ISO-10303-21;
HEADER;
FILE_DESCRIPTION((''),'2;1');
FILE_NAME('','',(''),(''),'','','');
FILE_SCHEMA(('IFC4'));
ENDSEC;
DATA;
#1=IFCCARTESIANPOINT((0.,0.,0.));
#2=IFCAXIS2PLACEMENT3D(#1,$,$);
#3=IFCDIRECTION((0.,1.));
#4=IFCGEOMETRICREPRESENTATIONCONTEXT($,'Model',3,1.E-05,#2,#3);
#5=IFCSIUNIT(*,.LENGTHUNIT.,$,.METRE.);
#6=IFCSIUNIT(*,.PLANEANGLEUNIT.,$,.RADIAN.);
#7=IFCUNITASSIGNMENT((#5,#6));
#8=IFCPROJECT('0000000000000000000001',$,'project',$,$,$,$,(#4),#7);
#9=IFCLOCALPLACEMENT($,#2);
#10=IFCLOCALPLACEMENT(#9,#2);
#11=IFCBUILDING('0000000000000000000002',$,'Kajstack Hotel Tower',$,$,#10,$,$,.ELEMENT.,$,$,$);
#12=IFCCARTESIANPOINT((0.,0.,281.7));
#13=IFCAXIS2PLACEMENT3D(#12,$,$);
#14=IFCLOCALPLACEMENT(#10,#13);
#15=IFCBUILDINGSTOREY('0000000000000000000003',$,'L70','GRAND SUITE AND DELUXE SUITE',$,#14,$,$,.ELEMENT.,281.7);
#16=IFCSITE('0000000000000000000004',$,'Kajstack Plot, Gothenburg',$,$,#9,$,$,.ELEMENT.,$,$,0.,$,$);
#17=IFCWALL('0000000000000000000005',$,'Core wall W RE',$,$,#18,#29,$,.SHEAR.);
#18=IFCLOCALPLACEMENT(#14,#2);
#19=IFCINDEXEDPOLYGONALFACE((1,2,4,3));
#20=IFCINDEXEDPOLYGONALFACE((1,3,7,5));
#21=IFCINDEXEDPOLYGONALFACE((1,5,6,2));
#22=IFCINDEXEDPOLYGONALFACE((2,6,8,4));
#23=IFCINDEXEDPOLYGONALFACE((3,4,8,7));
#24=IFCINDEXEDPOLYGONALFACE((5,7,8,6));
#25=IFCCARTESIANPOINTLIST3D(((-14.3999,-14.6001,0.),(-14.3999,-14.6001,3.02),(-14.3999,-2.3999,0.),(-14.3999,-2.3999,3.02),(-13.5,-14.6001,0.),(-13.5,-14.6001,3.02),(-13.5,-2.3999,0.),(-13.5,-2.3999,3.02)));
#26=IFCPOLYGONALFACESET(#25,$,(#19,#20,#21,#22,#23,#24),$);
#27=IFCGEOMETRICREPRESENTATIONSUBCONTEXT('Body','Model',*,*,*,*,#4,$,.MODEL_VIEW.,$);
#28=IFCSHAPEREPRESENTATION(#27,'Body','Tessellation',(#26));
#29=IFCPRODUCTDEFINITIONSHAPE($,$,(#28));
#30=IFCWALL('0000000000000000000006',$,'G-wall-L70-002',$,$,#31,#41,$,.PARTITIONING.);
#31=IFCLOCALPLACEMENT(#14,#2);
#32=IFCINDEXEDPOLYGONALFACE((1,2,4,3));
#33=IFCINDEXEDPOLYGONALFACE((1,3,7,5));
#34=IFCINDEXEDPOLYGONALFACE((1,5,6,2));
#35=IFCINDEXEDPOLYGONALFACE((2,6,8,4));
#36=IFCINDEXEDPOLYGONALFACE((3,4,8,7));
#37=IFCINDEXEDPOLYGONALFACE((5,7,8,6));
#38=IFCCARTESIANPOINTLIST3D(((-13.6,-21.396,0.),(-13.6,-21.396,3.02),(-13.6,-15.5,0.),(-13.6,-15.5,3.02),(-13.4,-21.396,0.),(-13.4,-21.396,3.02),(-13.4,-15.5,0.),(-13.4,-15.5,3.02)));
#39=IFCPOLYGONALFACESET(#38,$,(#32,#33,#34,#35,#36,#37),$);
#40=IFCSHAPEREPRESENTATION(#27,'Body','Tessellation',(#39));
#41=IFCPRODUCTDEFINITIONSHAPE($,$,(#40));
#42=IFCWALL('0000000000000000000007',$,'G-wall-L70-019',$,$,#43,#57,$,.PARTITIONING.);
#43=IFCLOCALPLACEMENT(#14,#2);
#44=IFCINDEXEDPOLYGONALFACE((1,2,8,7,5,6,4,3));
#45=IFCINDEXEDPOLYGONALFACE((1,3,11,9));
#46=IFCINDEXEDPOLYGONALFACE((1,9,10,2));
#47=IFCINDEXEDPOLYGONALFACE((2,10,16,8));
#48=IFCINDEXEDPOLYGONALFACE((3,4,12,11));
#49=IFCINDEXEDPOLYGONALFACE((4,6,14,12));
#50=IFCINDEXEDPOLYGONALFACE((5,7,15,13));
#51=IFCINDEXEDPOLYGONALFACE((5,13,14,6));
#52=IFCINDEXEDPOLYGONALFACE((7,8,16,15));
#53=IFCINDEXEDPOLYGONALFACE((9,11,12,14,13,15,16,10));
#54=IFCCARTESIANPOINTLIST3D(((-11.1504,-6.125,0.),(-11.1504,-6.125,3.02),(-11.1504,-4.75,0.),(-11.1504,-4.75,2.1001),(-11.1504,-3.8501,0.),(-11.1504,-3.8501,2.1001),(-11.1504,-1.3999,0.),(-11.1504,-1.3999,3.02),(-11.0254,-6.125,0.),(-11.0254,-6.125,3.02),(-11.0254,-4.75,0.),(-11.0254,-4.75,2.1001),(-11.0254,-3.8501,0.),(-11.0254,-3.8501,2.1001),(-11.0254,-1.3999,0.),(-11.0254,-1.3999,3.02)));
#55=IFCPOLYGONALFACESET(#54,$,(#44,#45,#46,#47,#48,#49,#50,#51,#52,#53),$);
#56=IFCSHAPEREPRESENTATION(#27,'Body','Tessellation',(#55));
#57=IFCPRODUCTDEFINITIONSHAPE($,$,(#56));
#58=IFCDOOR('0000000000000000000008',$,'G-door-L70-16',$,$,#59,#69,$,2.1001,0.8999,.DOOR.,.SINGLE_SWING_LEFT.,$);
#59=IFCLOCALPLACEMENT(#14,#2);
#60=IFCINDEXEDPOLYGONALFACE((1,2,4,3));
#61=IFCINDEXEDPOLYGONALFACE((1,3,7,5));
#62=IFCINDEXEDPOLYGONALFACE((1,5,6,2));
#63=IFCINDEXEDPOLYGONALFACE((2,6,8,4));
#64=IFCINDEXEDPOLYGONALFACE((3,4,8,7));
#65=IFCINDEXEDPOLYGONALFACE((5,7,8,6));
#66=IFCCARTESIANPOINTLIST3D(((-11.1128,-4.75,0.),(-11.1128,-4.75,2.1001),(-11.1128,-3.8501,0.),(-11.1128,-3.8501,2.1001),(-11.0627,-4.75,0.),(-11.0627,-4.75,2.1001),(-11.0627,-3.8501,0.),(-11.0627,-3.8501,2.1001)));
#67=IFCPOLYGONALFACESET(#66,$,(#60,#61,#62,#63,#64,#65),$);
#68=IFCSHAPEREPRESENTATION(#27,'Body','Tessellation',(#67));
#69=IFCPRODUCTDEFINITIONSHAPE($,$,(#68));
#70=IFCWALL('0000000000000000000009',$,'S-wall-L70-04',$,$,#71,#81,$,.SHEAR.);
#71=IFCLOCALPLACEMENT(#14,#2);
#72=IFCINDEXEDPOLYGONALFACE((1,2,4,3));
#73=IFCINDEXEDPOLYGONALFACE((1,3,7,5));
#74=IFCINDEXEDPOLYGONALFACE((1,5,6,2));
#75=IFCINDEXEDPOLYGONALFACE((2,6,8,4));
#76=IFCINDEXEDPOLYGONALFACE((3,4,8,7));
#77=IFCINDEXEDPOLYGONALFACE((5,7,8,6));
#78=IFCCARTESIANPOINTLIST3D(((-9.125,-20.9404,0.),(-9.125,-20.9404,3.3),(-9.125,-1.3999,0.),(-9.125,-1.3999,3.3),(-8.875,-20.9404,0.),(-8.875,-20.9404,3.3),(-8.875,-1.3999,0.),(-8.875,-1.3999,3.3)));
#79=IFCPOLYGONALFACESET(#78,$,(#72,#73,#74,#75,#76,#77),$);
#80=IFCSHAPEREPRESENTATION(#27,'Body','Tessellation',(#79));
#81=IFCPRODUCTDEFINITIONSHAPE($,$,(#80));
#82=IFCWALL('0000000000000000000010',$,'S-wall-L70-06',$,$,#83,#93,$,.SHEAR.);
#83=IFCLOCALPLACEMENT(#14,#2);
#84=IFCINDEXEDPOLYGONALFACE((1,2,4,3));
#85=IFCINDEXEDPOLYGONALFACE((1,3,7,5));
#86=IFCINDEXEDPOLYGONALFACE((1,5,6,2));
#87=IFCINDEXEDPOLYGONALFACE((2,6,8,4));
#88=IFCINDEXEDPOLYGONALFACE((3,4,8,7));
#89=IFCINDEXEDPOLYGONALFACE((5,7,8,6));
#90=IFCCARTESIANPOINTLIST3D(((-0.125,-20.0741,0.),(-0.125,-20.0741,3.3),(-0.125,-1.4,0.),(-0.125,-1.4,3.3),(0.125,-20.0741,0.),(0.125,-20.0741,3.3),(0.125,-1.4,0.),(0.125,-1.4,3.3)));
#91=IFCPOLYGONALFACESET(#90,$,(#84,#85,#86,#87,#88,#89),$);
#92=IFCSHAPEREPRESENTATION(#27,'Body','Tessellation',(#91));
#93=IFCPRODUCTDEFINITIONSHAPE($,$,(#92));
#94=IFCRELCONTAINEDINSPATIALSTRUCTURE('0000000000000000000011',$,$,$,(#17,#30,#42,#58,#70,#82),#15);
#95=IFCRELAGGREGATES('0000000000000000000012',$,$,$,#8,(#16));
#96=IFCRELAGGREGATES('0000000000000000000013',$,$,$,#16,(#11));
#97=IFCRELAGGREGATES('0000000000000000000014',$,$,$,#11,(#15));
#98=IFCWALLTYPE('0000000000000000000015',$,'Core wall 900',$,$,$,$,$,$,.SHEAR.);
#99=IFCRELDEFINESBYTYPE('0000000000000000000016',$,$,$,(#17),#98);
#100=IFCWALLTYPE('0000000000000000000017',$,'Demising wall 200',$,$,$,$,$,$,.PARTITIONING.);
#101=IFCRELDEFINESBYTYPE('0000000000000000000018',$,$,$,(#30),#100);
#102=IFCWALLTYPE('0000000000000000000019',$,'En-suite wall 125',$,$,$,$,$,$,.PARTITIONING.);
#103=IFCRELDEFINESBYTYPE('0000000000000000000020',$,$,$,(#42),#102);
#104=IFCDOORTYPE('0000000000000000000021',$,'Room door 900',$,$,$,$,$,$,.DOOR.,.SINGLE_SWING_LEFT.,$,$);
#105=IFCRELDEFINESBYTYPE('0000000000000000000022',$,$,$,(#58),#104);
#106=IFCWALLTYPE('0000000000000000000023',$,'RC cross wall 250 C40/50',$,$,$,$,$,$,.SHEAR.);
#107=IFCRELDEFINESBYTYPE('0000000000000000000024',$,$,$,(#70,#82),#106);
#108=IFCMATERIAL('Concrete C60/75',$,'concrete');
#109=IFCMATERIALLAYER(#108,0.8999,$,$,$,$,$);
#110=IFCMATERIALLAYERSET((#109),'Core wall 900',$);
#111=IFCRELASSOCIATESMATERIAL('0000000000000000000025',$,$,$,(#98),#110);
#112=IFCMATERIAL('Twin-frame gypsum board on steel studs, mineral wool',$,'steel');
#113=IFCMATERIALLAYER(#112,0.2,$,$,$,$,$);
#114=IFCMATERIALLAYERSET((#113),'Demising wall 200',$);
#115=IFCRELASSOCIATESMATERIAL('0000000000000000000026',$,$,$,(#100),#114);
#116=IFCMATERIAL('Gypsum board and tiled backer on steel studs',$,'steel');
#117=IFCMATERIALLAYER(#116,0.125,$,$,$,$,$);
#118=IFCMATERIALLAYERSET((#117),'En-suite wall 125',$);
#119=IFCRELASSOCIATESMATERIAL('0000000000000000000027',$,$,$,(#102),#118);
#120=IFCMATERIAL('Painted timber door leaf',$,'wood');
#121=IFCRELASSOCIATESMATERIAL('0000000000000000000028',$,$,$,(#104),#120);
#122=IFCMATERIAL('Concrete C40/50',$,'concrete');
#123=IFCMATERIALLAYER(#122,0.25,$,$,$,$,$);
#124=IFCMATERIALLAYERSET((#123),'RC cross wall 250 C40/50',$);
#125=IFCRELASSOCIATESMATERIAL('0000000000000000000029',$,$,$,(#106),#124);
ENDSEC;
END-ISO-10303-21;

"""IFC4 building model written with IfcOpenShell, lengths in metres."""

from ifc_helpers import new_model, si_unit, direction, frame, frame_2d, origin, place, context, subcontext, project, spatial, rectangle, extrude, material, layer, layer_set, type_object, element, fill, save


model = new_model("IFC4")

# Units and contexts
model_context = context("Model", 3, precision=1e-05, world=origin(), true_north=direction((0.0, 1.0)))
body_context = subcontext(model_context, "Body", "Model", "MODEL_VIEW")
ifc_project = project(units=[si_unit("LENGTHUNIT", "METRE"), si_unit("PLANEANGLEUNIT", "RADIAN")], contexts=[model_context])

# Site, building, storey
site_placement = place(None, origin())
site = spatial("IfcSite", under=ifc_project, at=site_placement, Name="Kajstack Plot, Gothenburg", CompositionType="ELEMENT", RefElevation=0.0)
building_placement = place(site_placement, origin())
building = spatial("IfcBuilding", under=site, at=building_placement, Name="Kajstack Hotel Tower", CompositionType="ELEMENT")
storey_placement = place(building_placement, frame((0.0, 0.0, 281.7)))
storey = spatial("IfcBuildingStorey", under=building, at=storey_placement, Name="L70", Description="GRAND SUITE AND DELUXE SUITE", CompositionType="ELEMENT", Elevation=281.7)

# Walls
ifc_material_1 = material(Name="Concrete C60/75", Category="concrete")
ifc_layer_1 = layer(ifc_material_1, 0.8999)
ifc_layer_set_1 = layer_set([ifc_layer_1], Name="Core wall 900")
wall_type_1 = type_object("IfcWallType", Name="Core wall 900", PredefinedType="SHEAR", material=ifc_layer_set_1)
wall_1_placement = place(storey_placement, frame((-13.95, -14.6001, 0.0), z_axis=(0.0, 0.0, 1.0), x_axis=(0.0, 1.0, 0.0)))
element("IfcWall", 1, at=wall_1_placement, inside=storey, type_object=wall_type_1, Name="Core wall W RE", PredefinedType="SHEAR", context=body_context, shape_type="SweptSolid", body=[
    extrude(rectangle(XDim=12.2002, YDim=0.8999, at=frame_2d((6.1001, 0.0))), origin(), (0.0, 0.0, 1.0), 3.02),
])
ifc_material_2 = material(Name="Twin-frame gypsum board on steel studs, mineral wool", Category="steel")
ifc_layer_2 = layer(ifc_material_2, 0.2)
ifc_layer_set_2 = layer_set([ifc_layer_2], Name="Demising wall 200")
wall_type_2 = type_object("IfcWallType", Name="Demising wall 200", PredefinedType="PARTITIONING", material=ifc_layer_set_2)
wall_2_placement = place(storey_placement, frame((-13.5, -21.396, 0.0), z_axis=(0.0, 0.0, 1.0), x_axis=(0.0, 1.0, 0.0)))
element("IfcWall", 2, at=wall_2_placement, inside=storey, type_object=wall_type_2, Name="G-wall-L70-002", PredefinedType="PARTITIONING", context=body_context, shape_type="SweptSolid", body=[
    extrude(rectangle(XDim=5.896, YDim=0.2, at=frame_2d((2.948, 0.0))), origin(), (0.0, 0.0, 1.0), 3.02),
])

# Wall, opening, door
ifc_material_3 = material(Name="Gypsum board and tiled backer on steel studs", Category="steel")
ifc_layer_3 = layer(ifc_material_3, 0.125)
ifc_layer_set_3 = layer_set([ifc_layer_3], Name="En-suite wall 125")
wall_type_3 = type_object("IfcWallType", Name="En-suite wall 125", PredefinedType="PARTITIONING", material=ifc_layer_set_3)
wall_3_placement = place(storey_placement, frame((-11.0879, -6.125, 0.0), z_axis=(0.0, 0.0, 1.0), x_axis=(0.0, 1.0, 0.0)))
wall_3 = element("IfcWall", 3, at=wall_3_placement, inside=storey, type_object=wall_type_3, Name="G-wall-L70-019", PredefinedType="PARTITIONING", context=body_context, shape_type="SweptSolid", body=[
    extrude(rectangle(XDim=4.7251, YDim=0.125, at=frame_2d((2.3625, 0.0))), origin(), (0.0, 0.0, 1.0), 3.02),
])
opening_1_placement = place(wall_3_placement, frame((1.375, 0.0, 0.0)))
opening_1 = element("IfcOpeningElement", 4, at=opening_1_placement, cuts=wall_3, PredefinedType="OPENING", context=body_context, shape_type="SweptSolid", body=[
    extrude(rectangle(XDim=0.8999, YDim=2.1001, at=frame_2d((0.45, 1.05))), frame((0.0, 0.0725, 0.0), z_axis=(0.0, -1.0, 0.0), x_axis=(1.0, 0.0, 0.0)), (0.0, 0.0, 1.0), 0.145),
])
ifc_material_4 = material(Name="Painted timber door leaf", Category="wood")
door_type = type_object("IfcDoorType", Name="Room door 900", OperationType="SINGLE_SWING_LEFT", PredefinedType="DOOR", material=ifc_material_4)
door_placement = place(opening_1_placement, origin())
door = element("IfcDoor", 5, at=door_placement, inside=storey, type_object=door_type, Name="G-door-L70-16", OperationType="SINGLE_SWING_LEFT", OverallHeight=2.1001, OverallWidth=0.8999, PredefinedType="DOOR", context=body_context, shape_type="SweptSolid", body=[
    extrude(rectangle(XDim=0.8999, YDim=2.1001, at=frame_2d((0.45, 1.05))), frame((0.0, 0.0249, 0.0), z_axis=(0.0, -1.0, 0.0), x_axis=(1.0, 0.0, 0.0)), (0.0, 0.0, 1.0), 0.05),
])
fill(opening_1, door)

# Walls
ifc_material_5 = material(Name="Concrete C40/50", Category="concrete")
ifc_layer_4 = layer(ifc_material_5, 0.25)
ifc_layer_set_4 = layer_set([ifc_layer_4], Name="RC cross wall 250 C40/50")
wall_type_4 = type_object("IfcWallType", Name="RC cross wall 250 C40/50", PredefinedType="SHEAR", material=ifc_layer_set_4)
wall_4_placement = place(storey_placement, frame((-9.0, -20.9404, 0.0), z_axis=(0.0, 0.0, 1.0), x_axis=(0.0, 1.0, 0.0)))
element("IfcWall", 6, at=wall_4_placement, inside=storey, type_object=wall_type_4, Name="S-wall-L70-04", PredefinedType="SHEAR", context=body_context, shape_type="SweptSolid", body=[
    extrude(rectangle(XDim=19.5405, YDim=0.25, at=frame_2d((9.7703, 0.0))), origin(), (0.0, 0.0, 1.0), 3.3),
])
wall_5_placement = place(storey_placement, frame((0.0, -20.074, 0.0), z_axis=(0.0, 0.0, 1.0), x_axis=(0.0, 1.0, 0.0)))
element("IfcWall", 7, at=wall_5_placement, inside=storey, type_object=wall_type_4, Name="S-wall-L70-06", PredefinedType="SHEAR", context=body_context, shape_type="SweptSolid", body=[
    extrude(rectangle(XDim=18.6741, YDim=0.25, at=frame_2d((9.3369, 0.0))), origin(), (0.0, 0.0, 1.0), 3.3),
])

save(model, "model.ifc")
